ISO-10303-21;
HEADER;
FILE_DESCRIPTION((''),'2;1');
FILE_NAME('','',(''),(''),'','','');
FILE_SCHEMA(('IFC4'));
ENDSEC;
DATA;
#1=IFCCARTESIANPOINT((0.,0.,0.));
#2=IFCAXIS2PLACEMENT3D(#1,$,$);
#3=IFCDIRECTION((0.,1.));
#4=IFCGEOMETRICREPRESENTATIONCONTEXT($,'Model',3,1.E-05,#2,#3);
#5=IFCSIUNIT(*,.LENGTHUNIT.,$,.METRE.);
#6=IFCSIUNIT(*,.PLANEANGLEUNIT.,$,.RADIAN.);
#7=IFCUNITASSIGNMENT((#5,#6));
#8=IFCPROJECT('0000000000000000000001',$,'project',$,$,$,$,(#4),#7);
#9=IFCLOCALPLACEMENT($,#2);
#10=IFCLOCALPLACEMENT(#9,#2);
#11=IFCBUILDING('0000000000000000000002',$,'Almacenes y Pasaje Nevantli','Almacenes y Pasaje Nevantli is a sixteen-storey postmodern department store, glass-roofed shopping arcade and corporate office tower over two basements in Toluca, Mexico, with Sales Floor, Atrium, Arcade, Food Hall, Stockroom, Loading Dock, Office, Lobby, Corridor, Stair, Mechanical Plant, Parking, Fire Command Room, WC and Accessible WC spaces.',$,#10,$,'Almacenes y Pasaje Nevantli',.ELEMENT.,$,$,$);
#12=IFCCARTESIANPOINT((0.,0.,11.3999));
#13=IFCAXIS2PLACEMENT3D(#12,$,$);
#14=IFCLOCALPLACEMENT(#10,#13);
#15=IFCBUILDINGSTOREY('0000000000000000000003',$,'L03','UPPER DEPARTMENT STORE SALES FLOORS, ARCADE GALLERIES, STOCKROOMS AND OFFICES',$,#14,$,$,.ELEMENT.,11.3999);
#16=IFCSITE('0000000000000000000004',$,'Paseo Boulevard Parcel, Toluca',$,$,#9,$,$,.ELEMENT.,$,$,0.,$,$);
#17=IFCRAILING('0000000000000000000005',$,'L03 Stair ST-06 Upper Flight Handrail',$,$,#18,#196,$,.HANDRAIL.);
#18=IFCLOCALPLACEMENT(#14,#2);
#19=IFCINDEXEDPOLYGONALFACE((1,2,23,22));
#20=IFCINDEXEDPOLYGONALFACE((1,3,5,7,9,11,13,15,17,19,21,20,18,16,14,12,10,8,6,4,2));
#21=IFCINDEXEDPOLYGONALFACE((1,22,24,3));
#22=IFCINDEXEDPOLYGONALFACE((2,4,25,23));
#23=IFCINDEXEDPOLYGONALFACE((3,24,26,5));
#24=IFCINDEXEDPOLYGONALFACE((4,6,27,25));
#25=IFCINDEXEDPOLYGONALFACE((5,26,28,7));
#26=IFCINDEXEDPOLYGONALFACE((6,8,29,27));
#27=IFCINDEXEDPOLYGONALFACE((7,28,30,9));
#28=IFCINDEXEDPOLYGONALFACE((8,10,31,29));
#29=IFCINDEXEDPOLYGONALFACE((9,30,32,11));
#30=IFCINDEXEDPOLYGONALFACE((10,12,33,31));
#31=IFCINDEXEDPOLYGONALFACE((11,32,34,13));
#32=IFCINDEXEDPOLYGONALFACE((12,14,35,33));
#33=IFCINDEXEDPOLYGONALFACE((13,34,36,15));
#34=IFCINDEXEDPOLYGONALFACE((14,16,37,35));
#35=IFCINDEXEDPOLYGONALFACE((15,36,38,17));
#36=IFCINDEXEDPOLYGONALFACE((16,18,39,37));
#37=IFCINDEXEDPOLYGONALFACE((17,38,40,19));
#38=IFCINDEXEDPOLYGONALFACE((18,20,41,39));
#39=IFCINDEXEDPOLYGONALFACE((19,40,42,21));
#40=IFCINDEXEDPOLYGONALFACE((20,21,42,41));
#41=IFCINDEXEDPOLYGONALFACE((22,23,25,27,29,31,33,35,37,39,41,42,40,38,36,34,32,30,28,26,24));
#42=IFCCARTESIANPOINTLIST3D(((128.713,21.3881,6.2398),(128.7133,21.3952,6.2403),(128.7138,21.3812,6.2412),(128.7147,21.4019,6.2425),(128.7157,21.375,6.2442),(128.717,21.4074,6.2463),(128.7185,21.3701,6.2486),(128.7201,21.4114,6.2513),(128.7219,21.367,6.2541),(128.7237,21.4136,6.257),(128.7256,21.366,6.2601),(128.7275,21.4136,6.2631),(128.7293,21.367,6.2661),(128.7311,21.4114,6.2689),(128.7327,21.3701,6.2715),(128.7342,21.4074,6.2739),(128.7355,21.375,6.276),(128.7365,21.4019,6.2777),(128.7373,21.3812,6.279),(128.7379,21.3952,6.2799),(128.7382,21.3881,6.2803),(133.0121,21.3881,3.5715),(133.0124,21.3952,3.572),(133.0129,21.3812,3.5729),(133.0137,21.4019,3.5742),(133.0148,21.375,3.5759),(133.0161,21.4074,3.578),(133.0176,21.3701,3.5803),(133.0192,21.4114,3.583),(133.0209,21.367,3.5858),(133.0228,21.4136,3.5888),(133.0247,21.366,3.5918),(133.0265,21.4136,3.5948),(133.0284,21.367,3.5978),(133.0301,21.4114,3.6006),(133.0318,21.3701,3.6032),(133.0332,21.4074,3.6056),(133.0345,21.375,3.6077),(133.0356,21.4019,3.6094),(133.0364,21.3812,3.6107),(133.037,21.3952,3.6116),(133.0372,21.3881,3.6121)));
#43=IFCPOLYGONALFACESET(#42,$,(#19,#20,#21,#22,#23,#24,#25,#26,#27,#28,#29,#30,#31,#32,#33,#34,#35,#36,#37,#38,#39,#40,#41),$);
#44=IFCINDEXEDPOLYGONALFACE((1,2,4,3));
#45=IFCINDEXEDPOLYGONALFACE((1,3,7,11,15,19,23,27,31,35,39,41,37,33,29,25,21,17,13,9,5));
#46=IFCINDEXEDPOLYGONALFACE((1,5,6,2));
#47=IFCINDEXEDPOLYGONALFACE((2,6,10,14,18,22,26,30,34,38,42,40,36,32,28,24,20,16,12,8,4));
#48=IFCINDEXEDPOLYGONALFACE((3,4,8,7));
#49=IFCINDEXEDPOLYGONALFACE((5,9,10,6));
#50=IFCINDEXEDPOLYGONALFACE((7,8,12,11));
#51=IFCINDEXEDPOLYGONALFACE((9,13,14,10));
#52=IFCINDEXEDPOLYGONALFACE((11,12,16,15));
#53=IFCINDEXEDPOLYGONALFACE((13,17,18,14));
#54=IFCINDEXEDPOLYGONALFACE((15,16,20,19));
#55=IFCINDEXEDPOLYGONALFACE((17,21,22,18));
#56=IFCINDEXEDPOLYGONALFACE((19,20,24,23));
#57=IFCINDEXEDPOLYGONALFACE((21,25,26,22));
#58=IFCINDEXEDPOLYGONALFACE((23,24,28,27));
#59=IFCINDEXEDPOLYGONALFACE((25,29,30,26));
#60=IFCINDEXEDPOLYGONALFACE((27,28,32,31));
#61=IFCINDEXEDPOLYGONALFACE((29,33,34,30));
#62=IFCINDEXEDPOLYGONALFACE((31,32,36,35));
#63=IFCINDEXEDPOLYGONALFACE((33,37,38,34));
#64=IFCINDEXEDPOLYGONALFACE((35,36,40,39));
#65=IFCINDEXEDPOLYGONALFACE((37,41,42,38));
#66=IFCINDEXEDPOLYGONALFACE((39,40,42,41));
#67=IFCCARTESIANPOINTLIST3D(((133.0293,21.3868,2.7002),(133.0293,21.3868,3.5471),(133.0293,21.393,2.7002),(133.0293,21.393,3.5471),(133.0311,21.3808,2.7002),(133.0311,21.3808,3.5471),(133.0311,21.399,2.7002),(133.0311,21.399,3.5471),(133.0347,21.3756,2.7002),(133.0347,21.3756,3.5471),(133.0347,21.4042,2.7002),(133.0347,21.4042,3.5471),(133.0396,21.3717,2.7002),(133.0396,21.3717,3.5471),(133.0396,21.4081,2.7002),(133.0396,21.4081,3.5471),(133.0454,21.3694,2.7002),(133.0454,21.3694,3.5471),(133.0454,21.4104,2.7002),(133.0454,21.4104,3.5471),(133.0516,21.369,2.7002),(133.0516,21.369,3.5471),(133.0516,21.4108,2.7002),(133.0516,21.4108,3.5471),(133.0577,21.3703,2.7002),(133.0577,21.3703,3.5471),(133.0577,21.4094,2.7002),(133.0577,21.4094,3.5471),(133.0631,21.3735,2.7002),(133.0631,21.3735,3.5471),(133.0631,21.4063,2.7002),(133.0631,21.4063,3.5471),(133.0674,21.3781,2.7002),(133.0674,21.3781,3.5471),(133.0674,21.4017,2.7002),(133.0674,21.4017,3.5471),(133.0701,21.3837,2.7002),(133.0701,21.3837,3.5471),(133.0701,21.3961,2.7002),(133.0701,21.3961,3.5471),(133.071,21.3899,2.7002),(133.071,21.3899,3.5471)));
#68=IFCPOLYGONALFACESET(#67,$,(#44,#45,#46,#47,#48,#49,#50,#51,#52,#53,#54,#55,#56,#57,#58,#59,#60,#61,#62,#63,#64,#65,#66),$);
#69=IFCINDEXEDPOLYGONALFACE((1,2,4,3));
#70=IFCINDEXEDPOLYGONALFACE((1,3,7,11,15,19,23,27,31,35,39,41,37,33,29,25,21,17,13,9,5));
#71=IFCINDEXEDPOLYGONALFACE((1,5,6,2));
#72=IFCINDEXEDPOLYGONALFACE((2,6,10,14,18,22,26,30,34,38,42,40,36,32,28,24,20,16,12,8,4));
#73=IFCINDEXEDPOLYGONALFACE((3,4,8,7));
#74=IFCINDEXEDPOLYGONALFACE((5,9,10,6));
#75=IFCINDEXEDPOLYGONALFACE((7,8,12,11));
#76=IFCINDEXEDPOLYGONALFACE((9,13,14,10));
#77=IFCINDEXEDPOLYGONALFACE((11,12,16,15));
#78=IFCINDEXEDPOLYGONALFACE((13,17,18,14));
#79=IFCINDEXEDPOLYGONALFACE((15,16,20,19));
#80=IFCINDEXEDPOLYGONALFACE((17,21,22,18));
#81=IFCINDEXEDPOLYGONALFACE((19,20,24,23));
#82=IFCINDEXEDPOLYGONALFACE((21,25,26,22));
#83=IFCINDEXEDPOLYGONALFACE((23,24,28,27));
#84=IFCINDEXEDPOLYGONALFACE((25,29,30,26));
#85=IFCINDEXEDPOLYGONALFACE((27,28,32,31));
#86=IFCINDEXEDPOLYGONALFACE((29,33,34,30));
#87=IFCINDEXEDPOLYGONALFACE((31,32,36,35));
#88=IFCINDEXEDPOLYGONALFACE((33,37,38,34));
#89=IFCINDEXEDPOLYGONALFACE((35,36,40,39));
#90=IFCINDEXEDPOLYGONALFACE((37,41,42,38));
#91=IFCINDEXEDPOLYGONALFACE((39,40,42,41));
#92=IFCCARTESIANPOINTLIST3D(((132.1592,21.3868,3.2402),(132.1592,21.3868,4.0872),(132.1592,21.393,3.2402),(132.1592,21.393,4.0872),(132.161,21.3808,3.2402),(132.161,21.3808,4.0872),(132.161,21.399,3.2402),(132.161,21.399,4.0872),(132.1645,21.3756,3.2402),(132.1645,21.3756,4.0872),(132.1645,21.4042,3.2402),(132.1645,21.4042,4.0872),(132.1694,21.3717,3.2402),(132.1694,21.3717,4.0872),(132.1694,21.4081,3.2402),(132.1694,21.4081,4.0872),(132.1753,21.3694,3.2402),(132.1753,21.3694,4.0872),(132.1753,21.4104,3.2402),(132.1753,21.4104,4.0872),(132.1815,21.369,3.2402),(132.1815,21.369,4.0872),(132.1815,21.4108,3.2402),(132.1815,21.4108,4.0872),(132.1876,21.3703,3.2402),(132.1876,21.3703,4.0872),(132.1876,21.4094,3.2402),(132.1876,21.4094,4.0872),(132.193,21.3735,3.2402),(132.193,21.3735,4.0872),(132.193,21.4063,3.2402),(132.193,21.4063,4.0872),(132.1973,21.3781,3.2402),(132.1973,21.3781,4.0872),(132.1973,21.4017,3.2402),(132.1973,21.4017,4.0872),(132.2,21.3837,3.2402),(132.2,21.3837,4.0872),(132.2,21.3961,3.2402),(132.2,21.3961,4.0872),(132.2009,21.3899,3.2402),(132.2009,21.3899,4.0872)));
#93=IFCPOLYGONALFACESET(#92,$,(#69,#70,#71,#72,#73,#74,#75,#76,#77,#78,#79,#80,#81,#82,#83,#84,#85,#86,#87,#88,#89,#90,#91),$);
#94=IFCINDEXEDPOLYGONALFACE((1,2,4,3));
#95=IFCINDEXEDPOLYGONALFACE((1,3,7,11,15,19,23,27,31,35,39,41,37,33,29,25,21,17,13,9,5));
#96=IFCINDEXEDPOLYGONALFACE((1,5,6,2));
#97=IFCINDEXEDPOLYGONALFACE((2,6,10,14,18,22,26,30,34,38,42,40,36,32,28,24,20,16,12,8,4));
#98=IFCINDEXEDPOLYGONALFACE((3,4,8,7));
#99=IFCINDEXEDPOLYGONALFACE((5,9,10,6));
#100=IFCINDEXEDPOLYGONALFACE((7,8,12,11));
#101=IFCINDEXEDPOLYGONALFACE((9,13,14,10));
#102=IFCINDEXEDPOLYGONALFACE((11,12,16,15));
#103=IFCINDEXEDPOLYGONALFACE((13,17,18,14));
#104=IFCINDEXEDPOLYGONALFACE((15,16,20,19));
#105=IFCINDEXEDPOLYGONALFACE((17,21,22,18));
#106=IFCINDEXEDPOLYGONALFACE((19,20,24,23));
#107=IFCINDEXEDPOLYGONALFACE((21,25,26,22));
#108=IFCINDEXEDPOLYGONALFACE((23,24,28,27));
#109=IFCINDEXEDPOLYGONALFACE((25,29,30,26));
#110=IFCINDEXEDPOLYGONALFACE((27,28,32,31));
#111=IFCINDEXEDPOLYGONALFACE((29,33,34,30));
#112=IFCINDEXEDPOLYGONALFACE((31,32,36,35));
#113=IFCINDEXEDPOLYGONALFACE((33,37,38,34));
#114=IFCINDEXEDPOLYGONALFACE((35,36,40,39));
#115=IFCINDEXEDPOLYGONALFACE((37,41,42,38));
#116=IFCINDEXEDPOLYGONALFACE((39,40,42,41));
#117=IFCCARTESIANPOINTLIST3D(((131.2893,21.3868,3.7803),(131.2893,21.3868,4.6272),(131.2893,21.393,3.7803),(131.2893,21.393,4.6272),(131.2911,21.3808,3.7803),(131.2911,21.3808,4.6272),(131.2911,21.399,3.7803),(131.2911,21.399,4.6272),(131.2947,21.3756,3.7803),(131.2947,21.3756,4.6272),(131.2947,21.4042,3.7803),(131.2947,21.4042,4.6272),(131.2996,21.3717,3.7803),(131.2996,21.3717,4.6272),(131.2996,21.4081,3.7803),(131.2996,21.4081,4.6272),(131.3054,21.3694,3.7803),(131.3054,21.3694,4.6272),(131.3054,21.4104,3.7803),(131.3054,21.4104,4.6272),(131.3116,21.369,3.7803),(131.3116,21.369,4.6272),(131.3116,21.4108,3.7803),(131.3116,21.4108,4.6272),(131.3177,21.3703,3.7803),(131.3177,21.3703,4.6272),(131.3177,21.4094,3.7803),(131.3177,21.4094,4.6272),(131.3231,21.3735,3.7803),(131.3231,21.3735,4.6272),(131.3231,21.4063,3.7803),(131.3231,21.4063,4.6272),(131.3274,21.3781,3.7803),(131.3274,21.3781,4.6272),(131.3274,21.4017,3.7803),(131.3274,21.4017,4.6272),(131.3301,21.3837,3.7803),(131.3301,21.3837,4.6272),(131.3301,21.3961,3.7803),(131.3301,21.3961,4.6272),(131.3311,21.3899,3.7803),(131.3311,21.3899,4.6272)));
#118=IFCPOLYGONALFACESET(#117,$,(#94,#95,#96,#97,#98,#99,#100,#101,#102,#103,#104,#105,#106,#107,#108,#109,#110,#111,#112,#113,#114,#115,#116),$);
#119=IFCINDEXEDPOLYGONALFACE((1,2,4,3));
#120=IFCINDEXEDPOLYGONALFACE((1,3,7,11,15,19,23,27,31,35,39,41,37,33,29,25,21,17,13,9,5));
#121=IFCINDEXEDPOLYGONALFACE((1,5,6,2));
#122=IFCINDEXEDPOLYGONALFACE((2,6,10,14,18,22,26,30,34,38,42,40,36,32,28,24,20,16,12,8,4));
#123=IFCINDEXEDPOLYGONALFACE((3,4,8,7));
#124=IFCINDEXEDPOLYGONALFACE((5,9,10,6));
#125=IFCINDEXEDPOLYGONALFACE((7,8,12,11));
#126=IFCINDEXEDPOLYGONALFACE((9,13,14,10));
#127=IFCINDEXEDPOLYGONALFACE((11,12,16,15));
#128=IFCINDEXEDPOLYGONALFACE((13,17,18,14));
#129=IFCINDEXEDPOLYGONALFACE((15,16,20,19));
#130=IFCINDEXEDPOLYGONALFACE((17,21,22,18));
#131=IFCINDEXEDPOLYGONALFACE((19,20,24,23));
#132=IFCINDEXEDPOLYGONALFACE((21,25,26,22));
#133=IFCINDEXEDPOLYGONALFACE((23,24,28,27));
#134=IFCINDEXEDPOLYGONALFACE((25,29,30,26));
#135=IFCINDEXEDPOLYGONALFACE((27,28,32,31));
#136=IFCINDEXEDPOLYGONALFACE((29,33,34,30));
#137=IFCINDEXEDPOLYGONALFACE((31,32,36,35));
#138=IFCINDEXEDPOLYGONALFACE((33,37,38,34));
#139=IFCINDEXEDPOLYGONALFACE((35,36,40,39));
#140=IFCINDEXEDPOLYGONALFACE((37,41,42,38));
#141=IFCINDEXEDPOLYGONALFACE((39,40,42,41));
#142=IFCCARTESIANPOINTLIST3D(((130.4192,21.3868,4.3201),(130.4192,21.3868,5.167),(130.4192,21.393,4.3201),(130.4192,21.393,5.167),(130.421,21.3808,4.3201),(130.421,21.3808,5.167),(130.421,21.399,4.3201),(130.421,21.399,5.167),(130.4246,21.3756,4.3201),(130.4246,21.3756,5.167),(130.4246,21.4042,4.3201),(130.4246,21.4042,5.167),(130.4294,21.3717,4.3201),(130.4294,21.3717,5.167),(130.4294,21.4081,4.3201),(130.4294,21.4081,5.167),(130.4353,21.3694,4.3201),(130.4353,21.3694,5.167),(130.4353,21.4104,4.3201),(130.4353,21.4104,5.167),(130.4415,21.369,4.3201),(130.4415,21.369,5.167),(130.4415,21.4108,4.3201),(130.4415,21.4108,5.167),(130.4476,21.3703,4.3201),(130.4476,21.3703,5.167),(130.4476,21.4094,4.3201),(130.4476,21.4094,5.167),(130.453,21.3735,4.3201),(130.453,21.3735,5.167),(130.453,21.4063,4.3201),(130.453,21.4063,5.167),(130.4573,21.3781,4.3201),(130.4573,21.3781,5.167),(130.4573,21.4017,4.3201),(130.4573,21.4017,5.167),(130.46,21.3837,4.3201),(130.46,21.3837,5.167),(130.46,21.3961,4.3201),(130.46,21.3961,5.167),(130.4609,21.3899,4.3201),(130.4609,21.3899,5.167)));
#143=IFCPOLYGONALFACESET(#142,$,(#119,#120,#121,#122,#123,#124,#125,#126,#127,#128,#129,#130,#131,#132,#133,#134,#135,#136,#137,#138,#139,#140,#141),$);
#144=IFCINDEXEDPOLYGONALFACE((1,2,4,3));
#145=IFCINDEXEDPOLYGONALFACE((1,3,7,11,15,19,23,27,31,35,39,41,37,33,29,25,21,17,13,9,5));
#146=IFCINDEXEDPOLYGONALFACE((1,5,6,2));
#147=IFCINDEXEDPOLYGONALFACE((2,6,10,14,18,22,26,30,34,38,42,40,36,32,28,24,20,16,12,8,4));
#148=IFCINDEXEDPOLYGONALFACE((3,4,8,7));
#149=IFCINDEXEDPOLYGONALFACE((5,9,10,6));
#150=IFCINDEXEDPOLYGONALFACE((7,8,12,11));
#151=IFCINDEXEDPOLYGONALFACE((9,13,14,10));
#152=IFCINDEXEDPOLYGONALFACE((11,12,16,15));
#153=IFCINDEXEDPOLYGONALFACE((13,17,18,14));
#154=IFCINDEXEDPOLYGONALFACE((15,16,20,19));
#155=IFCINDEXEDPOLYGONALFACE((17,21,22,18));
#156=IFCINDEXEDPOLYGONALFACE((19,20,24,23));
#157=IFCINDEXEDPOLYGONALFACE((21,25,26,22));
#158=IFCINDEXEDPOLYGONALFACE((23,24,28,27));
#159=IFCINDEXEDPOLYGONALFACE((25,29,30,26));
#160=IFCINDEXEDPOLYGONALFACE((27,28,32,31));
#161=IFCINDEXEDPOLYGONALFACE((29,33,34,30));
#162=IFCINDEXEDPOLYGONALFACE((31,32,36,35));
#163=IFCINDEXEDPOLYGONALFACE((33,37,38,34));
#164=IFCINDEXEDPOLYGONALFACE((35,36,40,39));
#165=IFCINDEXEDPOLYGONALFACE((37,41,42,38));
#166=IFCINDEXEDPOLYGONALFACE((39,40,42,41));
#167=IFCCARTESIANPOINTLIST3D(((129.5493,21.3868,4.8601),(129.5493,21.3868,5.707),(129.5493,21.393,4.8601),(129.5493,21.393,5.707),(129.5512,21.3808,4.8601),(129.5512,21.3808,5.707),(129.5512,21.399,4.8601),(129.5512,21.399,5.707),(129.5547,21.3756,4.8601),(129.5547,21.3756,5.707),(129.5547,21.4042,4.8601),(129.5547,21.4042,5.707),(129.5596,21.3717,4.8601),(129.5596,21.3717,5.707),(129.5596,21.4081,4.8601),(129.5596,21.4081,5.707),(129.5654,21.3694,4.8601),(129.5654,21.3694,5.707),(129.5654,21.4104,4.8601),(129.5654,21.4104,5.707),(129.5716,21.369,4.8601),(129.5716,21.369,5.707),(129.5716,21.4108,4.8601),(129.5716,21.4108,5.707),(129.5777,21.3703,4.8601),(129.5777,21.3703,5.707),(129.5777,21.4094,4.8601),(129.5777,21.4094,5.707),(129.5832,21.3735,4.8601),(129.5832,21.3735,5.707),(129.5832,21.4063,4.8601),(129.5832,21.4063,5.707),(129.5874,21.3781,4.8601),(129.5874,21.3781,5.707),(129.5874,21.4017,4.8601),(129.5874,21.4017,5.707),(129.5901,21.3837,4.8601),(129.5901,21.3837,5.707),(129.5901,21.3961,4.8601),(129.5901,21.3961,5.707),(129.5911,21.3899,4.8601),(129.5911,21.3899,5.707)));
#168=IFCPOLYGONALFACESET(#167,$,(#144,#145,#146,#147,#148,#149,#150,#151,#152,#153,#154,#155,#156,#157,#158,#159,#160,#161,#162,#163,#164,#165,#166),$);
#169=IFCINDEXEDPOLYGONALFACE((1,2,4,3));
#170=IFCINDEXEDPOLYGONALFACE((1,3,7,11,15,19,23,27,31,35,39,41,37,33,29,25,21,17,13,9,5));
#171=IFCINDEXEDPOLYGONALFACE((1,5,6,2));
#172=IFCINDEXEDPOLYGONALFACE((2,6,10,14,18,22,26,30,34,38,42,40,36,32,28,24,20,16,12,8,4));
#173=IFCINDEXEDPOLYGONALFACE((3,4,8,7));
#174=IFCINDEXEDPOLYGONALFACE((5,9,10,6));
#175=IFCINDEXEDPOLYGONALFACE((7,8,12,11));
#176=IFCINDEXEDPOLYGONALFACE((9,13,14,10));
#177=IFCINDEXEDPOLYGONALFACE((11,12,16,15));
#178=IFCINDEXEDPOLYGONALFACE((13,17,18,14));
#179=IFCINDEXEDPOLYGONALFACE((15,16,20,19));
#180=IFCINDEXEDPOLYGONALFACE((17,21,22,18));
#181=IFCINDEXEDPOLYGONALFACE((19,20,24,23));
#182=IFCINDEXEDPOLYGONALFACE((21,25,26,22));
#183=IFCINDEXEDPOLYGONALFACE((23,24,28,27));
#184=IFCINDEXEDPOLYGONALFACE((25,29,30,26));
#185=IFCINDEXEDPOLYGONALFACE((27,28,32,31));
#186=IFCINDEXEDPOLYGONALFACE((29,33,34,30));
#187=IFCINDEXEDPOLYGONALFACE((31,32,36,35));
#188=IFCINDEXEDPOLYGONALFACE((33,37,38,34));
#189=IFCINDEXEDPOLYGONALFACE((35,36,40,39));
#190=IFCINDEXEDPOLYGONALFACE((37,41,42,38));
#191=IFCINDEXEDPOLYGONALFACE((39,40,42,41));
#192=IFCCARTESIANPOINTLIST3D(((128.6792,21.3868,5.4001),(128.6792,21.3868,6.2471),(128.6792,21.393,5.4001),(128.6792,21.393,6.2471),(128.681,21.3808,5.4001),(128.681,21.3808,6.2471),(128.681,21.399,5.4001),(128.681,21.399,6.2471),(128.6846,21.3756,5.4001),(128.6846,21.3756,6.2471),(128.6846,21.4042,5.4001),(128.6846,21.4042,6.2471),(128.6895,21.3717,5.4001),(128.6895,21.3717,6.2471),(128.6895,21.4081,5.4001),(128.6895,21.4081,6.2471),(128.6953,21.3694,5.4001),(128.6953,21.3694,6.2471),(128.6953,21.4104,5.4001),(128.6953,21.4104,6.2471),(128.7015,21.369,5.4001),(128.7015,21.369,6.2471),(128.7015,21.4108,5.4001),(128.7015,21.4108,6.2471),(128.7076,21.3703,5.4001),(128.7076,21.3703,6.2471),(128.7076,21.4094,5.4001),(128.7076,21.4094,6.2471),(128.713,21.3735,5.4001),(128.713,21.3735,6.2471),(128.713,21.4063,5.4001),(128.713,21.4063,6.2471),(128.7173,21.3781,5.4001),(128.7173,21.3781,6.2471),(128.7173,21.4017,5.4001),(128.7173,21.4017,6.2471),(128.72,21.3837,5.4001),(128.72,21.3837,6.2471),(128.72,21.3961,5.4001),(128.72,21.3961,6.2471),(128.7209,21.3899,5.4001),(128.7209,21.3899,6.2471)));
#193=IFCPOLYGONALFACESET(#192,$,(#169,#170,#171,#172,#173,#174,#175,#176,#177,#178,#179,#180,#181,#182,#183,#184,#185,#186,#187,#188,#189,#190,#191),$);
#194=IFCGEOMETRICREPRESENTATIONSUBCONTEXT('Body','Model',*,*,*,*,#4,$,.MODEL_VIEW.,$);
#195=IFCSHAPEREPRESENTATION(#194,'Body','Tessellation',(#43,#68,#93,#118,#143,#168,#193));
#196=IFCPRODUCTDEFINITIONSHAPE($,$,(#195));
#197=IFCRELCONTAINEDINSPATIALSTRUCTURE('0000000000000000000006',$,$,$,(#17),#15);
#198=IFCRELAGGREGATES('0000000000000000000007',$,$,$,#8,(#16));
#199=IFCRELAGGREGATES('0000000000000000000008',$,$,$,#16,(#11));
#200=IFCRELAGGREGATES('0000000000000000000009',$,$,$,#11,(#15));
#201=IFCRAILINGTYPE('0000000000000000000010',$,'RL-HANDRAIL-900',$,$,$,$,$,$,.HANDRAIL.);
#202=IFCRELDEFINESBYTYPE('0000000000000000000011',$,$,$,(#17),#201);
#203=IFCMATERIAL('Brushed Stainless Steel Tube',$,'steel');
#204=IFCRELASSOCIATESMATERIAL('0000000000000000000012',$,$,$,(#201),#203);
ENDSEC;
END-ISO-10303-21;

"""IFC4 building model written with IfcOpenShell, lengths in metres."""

from ifc_helpers import new_model, si_unit, direction, frame, origin, origin_2d, place, context, subcontext, project, spatial, circle, extrude, material, type_object, element, save


model = new_model("IFC4")

# Units and contexts
model_context = context("Model", 3, precision=1e-05, world=origin(), true_north=direction((0.0, 1.0)))
body_context = subcontext(model_context, "Body", "Model", "MODEL_VIEW")
ifc_project = project(units=[si_unit("LENGTHUNIT", "METRE"), si_unit("PLANEANGLEUNIT", "RADIAN")], contexts=[model_context])

# Site, building, storey
site_placement = place(None, origin())
site = spatial("IfcSite", under=ifc_project, at=site_placement, Name="Paseo Boulevard Parcel, Toluca", CompositionType="ELEMENT", RefElevation=0.0)
building_placement = place(site_placement, origin())
building = spatial("IfcBuilding", under=site, at=building_placement, Name="Almacenes y Pasaje Nevantli", Description="Almacenes y Pasaje Nevantli is a sixteen-storey postmodern department store, glass-roofed shopping arcade and corporate office tower over two basements in Toluca, Mexico, with Sales Floor, Atrium, Arcade, Food Hall, Stockroom, Loading Dock, Office, Lobby, Corridor, Stair, Mechanical Plant, Parking, Fire Command Room, WC and Accessible WC spaces.", LongName="Almacenes y Pasaje Nevantli", CompositionType="ELEMENT")
storey_placement = place(building_placement, frame((0.0, 0.0, 11.3999)))
storey = spatial("IfcBuildingStorey", under=building, at=storey_placement, Name="L03", Description="UPPER DEPARTMENT STORE SALES FLOORS, ARCADE GALLERIES, STOCKROOMS AND OFFICES", CompositionType="ELEMENT", Elevation=11.3999)

# Railing
ifc_material_1 = material(Name="Brushed Stainless Steel Tube", Category="steel")
railing_type_1 = type_object("IfcRailingType", Name="RL-HANDRAIL-900", PredefinedType="HANDRAIL", material=ifc_material_1)
railing_1_placement = place(storey_placement, frame((133.05, 21.3899, 2.7002)))
element("IfcRailing", 1, at=railing_1_placement, inside=storey, type_object=railing_type_1, Name="L03 Stair ST-06 Upper Flight Handrail", PredefinedType="HANDRAIL", context=body_context, shape_type="SweptSolid", body=[
    extrude(circle(Radius=0.0239, at=origin_2d()), frame((-0.0254, 0.0, 0.8916), z_axis=(-0.84965, 0.0, 0.527347), x_axis=(0.0, -1.0, 0.0)), (0.0, 0.0, 1.0), 5.0598),
    extrude(circle(Radius=0.021, at=origin_2d()), origin(), (0.0, 0.0, 1.0), 0.8469),
    extrude(circle(Radius=0.021, at=origin_2d()), frame((-0.8701, 0.0, 0.54)), (0.0, 0.0, 1.0), 0.8469),
    extrude(circle(Radius=0.021, at=origin_2d()), frame((-1.74, 0.0, 1.0801)), (0.0, 0.0, 1.0), 0.8469),
    extrude(circle(Radius=0.021, at=origin_2d()), frame((-2.6101, 0.0, 1.6199)), (0.0, 0.0, 1.0), 0.8469),
    extrude(circle(Radius=0.021, at=origin_2d()), frame((-3.48, 0.0, 2.1599)), (0.0, 0.0, 1.0), 0.8469),
    extrude(circle(Radius=0.021, at=origin_2d()), frame((-4.3501, 0.0, 2.7)), (0.0, 0.0, 1.0), 0.8469),
])

save(model, "model.ifc")
